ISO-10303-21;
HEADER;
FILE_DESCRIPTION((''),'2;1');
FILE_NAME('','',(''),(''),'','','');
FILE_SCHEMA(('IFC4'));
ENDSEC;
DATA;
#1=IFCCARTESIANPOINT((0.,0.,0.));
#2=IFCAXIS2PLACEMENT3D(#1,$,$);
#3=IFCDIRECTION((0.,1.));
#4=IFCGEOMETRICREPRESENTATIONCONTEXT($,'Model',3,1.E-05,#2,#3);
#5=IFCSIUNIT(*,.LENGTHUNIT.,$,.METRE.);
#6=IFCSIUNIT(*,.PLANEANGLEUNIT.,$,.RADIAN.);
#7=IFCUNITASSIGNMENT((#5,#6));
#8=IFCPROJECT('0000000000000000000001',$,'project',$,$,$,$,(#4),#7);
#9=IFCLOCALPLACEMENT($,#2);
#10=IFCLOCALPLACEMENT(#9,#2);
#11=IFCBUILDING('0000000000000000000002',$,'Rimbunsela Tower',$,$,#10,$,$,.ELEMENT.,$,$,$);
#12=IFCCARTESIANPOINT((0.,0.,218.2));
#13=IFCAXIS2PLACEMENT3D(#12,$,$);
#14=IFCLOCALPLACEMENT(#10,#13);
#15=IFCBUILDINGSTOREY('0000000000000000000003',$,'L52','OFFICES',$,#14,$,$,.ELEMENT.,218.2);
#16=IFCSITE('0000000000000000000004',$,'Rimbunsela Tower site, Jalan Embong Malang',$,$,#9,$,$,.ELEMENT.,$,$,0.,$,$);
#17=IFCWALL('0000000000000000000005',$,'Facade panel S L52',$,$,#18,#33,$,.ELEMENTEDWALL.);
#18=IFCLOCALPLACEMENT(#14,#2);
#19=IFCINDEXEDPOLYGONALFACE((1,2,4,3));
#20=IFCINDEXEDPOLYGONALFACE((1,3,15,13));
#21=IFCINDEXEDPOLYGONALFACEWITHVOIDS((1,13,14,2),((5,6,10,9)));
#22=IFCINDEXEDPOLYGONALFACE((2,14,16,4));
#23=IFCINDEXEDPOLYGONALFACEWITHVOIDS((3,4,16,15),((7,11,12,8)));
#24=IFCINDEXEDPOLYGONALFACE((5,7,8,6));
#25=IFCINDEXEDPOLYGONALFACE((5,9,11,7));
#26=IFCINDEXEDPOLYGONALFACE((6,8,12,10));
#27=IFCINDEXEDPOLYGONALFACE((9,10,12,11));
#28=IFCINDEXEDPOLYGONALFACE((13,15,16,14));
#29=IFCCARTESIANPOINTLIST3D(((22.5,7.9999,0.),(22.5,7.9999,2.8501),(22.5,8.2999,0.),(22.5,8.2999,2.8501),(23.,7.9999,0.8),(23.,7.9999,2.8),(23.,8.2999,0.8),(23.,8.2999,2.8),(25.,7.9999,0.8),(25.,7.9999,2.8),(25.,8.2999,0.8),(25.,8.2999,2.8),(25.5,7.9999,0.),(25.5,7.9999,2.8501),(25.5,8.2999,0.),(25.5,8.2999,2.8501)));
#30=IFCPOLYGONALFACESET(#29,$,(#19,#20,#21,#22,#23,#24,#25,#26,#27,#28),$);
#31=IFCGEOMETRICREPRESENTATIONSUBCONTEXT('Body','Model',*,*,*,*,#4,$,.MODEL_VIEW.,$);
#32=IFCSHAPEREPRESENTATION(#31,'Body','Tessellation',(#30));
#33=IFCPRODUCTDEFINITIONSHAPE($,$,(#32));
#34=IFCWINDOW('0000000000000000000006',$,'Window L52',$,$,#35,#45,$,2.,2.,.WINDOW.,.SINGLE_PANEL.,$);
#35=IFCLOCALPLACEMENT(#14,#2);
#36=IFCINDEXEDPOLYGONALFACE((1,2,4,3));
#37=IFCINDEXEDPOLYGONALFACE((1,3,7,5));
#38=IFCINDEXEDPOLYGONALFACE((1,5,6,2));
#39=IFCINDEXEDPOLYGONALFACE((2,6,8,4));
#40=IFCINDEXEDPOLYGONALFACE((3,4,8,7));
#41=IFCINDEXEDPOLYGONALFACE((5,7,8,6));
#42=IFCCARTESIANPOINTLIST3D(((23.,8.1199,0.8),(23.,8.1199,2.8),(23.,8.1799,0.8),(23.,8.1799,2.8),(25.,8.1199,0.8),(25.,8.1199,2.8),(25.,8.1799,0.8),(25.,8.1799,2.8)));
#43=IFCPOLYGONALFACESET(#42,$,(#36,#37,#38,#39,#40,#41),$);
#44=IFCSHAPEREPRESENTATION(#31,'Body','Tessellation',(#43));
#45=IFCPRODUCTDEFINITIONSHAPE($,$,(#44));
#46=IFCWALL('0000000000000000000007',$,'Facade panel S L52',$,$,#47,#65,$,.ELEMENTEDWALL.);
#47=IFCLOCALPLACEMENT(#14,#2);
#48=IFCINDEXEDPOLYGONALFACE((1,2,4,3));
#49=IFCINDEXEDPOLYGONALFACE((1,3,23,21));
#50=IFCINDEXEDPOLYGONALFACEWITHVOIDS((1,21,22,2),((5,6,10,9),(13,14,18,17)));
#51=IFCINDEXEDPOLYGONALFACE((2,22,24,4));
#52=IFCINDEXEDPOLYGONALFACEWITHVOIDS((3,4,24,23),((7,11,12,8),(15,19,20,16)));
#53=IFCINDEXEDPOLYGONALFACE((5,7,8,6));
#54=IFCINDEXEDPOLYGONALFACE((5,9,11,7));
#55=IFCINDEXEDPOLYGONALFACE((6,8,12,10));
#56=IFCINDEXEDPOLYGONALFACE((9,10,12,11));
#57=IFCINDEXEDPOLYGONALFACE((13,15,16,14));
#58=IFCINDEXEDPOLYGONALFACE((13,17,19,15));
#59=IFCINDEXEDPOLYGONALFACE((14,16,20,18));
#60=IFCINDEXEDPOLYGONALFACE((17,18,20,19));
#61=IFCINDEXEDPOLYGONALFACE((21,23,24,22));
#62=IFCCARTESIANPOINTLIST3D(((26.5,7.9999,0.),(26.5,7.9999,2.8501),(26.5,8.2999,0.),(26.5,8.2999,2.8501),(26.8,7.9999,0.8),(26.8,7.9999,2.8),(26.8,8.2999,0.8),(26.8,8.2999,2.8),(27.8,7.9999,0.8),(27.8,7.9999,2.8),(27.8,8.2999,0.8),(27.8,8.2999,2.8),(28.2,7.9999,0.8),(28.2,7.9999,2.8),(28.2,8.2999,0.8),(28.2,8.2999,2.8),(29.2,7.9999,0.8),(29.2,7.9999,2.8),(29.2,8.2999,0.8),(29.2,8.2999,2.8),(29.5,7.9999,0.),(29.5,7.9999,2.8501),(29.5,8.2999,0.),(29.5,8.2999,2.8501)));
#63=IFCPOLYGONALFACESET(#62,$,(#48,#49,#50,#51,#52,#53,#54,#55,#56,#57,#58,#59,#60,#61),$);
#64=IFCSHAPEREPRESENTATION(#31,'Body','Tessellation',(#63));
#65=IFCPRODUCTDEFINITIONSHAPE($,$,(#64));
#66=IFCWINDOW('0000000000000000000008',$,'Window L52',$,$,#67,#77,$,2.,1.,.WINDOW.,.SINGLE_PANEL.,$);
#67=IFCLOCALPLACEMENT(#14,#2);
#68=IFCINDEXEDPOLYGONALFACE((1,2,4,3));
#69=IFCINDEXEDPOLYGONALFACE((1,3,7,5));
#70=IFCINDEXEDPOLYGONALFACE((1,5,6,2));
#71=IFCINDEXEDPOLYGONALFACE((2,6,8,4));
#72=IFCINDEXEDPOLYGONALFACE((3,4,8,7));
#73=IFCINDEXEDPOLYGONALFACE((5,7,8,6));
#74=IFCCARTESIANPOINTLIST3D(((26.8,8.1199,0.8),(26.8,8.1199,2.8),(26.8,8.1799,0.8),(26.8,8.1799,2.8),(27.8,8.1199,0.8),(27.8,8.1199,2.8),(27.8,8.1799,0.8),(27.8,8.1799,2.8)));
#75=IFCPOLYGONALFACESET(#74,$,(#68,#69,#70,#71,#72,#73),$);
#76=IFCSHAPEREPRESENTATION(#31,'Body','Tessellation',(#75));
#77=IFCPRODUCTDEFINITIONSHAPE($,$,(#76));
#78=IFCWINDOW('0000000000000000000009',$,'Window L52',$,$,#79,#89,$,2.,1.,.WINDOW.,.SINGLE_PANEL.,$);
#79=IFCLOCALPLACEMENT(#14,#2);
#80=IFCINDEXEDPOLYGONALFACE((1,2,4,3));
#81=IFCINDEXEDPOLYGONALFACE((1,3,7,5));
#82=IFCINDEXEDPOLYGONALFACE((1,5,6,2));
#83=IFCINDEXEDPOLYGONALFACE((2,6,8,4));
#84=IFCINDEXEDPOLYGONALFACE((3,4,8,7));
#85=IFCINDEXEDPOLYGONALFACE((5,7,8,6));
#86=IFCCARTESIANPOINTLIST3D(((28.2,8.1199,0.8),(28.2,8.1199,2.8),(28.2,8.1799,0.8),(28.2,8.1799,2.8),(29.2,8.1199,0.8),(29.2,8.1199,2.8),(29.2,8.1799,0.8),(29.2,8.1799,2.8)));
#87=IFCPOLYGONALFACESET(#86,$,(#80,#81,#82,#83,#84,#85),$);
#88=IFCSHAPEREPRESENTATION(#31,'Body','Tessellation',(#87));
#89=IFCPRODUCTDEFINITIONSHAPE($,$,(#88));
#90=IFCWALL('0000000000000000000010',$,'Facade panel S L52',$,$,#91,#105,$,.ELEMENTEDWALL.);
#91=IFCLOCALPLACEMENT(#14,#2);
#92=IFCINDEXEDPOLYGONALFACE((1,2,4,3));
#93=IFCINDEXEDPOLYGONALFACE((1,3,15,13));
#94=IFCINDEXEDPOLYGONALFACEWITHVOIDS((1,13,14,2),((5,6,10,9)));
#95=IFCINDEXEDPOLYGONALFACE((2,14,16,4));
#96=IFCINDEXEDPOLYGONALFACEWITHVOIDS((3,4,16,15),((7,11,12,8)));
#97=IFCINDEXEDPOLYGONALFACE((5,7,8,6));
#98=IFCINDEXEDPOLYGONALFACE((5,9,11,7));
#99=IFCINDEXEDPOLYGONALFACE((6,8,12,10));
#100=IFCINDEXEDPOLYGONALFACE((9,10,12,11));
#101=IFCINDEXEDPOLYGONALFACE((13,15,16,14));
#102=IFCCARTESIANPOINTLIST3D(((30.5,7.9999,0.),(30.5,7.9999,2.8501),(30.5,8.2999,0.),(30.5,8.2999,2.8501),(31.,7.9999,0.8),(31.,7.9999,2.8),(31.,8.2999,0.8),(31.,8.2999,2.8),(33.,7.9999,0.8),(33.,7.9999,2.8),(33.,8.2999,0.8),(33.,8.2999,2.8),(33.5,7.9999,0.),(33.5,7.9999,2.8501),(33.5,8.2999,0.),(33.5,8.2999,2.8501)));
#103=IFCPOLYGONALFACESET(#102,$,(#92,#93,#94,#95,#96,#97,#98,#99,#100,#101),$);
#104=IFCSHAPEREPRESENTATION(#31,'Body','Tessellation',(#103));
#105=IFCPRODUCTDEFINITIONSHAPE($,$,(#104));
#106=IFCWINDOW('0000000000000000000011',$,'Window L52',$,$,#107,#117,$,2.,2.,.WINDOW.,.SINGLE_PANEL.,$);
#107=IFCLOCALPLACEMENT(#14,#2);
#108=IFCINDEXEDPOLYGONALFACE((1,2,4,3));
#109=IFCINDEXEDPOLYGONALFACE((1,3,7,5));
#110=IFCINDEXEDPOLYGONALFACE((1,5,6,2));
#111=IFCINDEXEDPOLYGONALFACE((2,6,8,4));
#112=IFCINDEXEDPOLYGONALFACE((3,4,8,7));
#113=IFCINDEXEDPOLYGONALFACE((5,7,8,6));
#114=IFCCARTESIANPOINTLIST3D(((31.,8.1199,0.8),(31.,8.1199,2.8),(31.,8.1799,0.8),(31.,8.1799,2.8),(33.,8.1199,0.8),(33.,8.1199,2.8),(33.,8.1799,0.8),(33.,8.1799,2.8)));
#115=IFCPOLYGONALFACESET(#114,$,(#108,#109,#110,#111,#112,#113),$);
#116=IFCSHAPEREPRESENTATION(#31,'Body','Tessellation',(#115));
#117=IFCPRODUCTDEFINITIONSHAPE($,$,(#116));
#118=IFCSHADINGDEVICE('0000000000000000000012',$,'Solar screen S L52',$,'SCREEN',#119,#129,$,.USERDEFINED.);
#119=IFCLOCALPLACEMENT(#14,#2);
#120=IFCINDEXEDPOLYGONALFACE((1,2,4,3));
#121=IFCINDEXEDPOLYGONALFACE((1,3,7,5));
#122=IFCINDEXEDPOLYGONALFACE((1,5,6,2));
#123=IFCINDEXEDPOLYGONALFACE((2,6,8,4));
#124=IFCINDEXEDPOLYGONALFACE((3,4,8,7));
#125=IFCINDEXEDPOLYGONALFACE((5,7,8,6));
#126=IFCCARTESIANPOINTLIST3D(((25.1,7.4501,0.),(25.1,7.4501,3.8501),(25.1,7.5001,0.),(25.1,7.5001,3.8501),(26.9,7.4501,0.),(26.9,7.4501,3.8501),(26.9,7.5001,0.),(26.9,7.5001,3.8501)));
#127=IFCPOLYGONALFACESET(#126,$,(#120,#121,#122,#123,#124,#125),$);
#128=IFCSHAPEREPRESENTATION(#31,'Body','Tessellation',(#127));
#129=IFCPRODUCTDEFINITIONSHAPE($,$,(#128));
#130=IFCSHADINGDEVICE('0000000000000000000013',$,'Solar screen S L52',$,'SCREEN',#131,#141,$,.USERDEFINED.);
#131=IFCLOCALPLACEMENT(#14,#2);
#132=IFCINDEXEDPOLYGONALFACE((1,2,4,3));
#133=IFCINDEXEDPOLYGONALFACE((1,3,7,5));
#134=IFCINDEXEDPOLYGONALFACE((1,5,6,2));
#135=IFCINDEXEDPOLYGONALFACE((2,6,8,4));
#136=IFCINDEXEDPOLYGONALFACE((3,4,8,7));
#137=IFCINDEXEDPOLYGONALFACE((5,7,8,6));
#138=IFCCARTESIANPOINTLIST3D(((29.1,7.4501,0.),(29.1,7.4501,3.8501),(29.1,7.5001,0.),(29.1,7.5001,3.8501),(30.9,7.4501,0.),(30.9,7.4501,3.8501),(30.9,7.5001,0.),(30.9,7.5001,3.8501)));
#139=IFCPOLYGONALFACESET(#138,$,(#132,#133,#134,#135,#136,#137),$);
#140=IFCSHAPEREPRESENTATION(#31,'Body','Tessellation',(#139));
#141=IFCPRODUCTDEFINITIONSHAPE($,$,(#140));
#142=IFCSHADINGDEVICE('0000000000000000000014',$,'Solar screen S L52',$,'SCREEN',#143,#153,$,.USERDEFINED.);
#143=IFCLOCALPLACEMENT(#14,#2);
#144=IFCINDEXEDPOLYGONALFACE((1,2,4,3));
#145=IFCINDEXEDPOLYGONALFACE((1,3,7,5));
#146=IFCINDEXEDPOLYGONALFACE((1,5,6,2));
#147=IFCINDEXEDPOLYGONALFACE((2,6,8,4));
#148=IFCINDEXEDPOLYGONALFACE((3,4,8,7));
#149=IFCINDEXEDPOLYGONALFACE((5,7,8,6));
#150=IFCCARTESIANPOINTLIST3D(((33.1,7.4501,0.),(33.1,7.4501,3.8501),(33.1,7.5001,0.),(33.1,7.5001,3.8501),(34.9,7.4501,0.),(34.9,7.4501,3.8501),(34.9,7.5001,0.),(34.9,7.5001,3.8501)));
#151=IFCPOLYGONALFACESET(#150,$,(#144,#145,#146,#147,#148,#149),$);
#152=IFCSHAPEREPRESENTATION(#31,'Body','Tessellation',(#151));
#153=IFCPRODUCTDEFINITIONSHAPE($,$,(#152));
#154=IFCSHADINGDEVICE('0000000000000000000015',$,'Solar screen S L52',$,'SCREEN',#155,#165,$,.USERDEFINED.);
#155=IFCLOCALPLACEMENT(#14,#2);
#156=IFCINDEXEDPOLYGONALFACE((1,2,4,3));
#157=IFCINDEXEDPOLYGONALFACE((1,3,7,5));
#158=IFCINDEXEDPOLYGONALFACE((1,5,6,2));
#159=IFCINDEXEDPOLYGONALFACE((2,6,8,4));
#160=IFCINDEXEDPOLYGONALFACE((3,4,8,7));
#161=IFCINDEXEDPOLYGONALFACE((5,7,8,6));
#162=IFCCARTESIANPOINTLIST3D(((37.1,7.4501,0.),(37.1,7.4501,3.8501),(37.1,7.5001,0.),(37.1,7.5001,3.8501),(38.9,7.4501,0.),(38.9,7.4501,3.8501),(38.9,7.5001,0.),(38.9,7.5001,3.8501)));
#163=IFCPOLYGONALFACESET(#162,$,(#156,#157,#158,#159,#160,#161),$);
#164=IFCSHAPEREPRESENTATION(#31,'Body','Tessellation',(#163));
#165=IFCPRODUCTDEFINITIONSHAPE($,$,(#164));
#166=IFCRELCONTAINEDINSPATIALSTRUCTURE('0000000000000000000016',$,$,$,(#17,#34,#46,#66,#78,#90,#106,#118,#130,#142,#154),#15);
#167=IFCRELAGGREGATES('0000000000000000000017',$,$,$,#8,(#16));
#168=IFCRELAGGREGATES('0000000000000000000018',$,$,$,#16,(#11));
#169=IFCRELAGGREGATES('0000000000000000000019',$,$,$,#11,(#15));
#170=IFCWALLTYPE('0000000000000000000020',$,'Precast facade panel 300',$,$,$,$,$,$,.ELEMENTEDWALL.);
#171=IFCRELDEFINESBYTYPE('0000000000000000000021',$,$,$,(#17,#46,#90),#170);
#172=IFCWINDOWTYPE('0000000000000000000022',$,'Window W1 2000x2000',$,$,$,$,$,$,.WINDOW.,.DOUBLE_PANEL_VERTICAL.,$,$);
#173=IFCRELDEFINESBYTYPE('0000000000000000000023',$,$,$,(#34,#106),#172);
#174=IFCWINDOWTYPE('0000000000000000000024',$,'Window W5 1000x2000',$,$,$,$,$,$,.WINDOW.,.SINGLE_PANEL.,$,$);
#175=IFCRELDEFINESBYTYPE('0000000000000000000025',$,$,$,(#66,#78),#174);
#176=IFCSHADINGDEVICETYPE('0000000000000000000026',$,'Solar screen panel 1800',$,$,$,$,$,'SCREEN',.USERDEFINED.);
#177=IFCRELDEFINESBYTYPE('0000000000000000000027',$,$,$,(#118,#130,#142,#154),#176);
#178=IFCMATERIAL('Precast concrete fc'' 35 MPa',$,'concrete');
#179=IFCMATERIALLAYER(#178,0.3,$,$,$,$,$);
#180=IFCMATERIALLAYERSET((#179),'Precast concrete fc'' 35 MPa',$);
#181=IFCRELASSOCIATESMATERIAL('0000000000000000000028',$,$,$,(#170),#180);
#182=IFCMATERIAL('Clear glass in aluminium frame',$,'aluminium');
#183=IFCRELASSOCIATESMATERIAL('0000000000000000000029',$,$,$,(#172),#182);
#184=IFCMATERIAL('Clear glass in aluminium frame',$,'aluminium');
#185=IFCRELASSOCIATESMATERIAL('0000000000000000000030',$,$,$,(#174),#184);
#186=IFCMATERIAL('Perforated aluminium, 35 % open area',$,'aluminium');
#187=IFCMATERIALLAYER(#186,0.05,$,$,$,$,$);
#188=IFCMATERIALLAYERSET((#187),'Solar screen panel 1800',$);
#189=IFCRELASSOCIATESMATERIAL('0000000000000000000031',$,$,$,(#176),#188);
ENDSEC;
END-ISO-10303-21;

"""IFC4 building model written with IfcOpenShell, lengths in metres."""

from ifc_helpers import new_model, si_unit, direction, frame, frame_2d, origin, origin_2d, place, context, subcontext, project, spatial, rectangle, extrude, material, layer, layer_set, type_object, element, fill, save


model = new_model("IFC4")

# Units and contexts
model_context = context("Model", 3, precision=1e-05, world=origin(), true_north=direction((0.0, 1.0)))
body_context = subcontext(model_context, "Body", "Model", "MODEL_VIEW")
ifc_project = project(units=[si_unit("LENGTHUNIT", "METRE"), si_unit("PLANEANGLEUNIT", "RADIAN")], contexts=[model_context])

# Site, building, storey
site_placement = place(None, origin())
site = spatial("IfcSite", under=ifc_project, at=site_placement, Name="Rimbunsela Tower site, Jalan Embong Malang", CompositionType="ELEMENT", RefElevation=0.0)
building_placement = place(site_placement, origin())
building = spatial("IfcBuilding", under=site, at=building_placement, Name="Rimbunsela Tower", CompositionType="ELEMENT")
storey_placement = place(building_placement, frame((0.0, 0.0, 218.2)))
storey = spatial("IfcBuildingStorey", under=building, at=storey_placement, Name="L52", Description="OFFICES", CompositionType="ELEMENT", Elevation=218.2)

# Wall, opening, window
ifc_material_1 = material(Name="Precast concrete fc' 35 MPa", Category="concrete")
ifc_layer_1 = layer(ifc_material_1, 0.3)
ifc_layer_set_1 = layer_set([ifc_layer_1], Name="Precast concrete fc' 35 MPa")
wall_type = type_object("IfcWallType", Name="Precast facade panel 300", PredefinedType="ELEMENTEDWALL", material=ifc_layer_set_1)
wall_1_placement = place(storey_placement, frame((22.5, 8.1499, 0.0), z_axis=(0.0, 0.0, 1.0), x_axis=(1.0, 0.0, 0.0)))
wall_1 = element("IfcWall", 1, at=wall_1_placement, inside=storey, type_object=wall_type, Name="Facade panel S L52", PredefinedType="ELEMENTEDWALL", context=body_context, shape_type="SweptSolid", body=[
    extrude(rectangle(XDim=3.0, YDim=0.3, at=frame_2d((1.5, 0.0))), origin(), (0.0, 0.0, 1.0), 2.8501),
])
opening_1_placement = place(wall_1_placement, frame((0.5, 0.0, 0.8)))
opening_1 = element("IfcOpeningElement", 2, at=opening_1_placement, cuts=wall_1, PredefinedType="OPENING", context=body_context, shape_type="SweptSolid", body=[
    extrude(rectangle(XDim=2.0, YDim=2.0, at=frame_2d((1.0, 1.0))), frame((0.0, 0.1599, 0.0), z_axis=(0.0, -1.0, 0.0), x_axis=(1.0, 0.0, 0.0)), (0.0, 0.0, 1.0), 0.3201),
])
ifc_material_2 = material(Name="Clear glass in aluminium frame", Category="aluminium")
window_type_1 = type_object("IfcWindowType", Name="Window W1 2000x2000", PartitioningType="DOUBLE_PANEL_VERTICAL", PredefinedType="WINDOW", material=ifc_material_2)
window_1_placement = place(opening_1_placement, origin())
window_1 = element("IfcWindow", 3, at=window_1_placement, inside=storey, type_object=window_type_1, Name="Window L52", OverallHeight=2.0, OverallWidth=2.0, PartitioningType="SINGLE_PANEL", PredefinedType="WINDOW", context=body_context, shape_type="SweptSolid", body=[
    extrude(rectangle(XDim=2.0, YDim=2.0, at=frame_2d((1.0, 1.0))), frame((0.0, 0.03, 0.0), z_axis=(0.0, -1.0, 0.0), x_axis=(1.0, 0.0, 0.0)), (0.0, 0.0, 1.0), 0.0601),
])
fill(opening_1, window_1)

# Wall, openings, windows
wall_2_placement = place(storey_placement, frame((26.5, 8.1499, 0.0), z_axis=(0.0, 0.0, 1.0), x_axis=(1.0, 0.0, 0.0)))
wall_2 = element("IfcWall", 4, at=wall_2_placement, inside=storey, type_object=wall_type, Name="Facade panel S L52", PredefinedType="ELEMENTEDWALL", context=body_context, shape_type="SweptSolid", body=[
    extrude(rectangle(XDim=3.0, YDim=0.3, at=frame_2d((1.5, 0.0))), origin(), (0.0, 0.0, 1.0), 2.8501),
])
opening_2_placement = place(wall_2_placement, frame((0.3, 0.0, 0.8)))
opening_2 = element("IfcOpeningElement", 5, at=opening_2_placement, cuts=wall_2, PredefinedType="OPENING", context=body_context, shape_type="SweptSolid", body=[
    extrude(rectangle(XDim=1.0, YDim=2.0, at=frame_2d((0.5, 1.0))), frame((0.0, 0.1599, 0.0), z_axis=(0.0, -1.0, 0.0), x_axis=(1.0, 0.0, 0.0)), (0.0, 0.0, 1.0), 0.3201),
])
opening_3_placement = place(wall_2_placement, frame((1.7, 0.0, 0.8)))
opening_3 = element("IfcOpeningElement", 6, at=opening_3_placement, cuts=wall_2, PredefinedType="OPENING", context=body_context, shape_type="SweptSolid", body=[
    extrude(rectangle(XDim=1.0, YDim=2.0, at=frame_2d((0.5, 1.0))), frame((0.0, 0.1599, 0.0), z_axis=(0.0, -1.0, 0.0), x_axis=(1.0, 0.0, 0.0)), (0.0, 0.0, 1.0), 0.3201),
])
ifc_material_3 = material(Name="Clear glass in aluminium frame", Category="aluminium")
window_type_2 = type_object("IfcWindowType", Name="Window W5 1000x2000", PartitioningType="SINGLE_PANEL", PredefinedType="WINDOW", material=ifc_material_3)
window_2_placement = place(opening_2_placement, origin())
window_2 = element("IfcWindow", 7, at=window_2_placement, inside=storey, type_object=window_type_2, Name="Window L52", OverallHeight=2.0, OverallWidth=1.0, PartitioningType="SINGLE_PANEL", PredefinedType="WINDOW", context=body_context, shape_type="SweptSolid", body=[
    extrude(rectangle(XDim=1.0, YDim=2.0, at=frame_2d((0.5, 1.0))), frame((0.0, 0.03, 0.0), z_axis=(0.0, -1.0, 0.0), x_axis=(1.0, 0.0, 0.0)), (0.0, 0.0, 1.0), 0.0601),
])
fill(opening_2, window_2)
window_3_placement = place(opening_3_placement, origin())
window_3 = element("IfcWindow", 8, at=window_3_placement, inside=storey, type_object=window_type_2, Name="Window L52", OverallHeight=2.0, OverallWidth=1.0, PartitioningType="SINGLE_PANEL", PredefinedType="WINDOW", context=body_context, shape_type="SweptSolid", body=[
    extrude(rectangle(XDim=1.0, YDim=2.0, at=frame_2d((0.5, 1.0))), frame((0.0, 0.03, 0.0), z_axis=(0.0, -1.0, 0.0), x_axis=(1.0, 0.0, 0.0)), (0.0, 0.0, 1.0), 0.0601),
])
fill(opening_3, window_3)

# Wall, opening, window
wall_3_placement = place(storey_placement, frame((30.5, 8.1499, 0.0), z_axis=(0.0, 0.0, 1.0), x_axis=(1.0, 0.0, 0.0)))
wall_3 = element("IfcWall", 9, at=wall_3_placement, inside=storey, type_object=wall_type, Name="Facade panel S L52", PredefinedType="ELEMENTEDWALL", context=body_context, shape_type="SweptSolid", body=[
    extrude(rectangle(XDim=3.0, YDim=0.3, at=frame_2d((1.5, 0.0))), origin(), (0.0, 0.0, 1.0), 2.8501),
])
opening_4_placement = place(wall_3_placement, frame((0.5, 0.0, 0.8)))
opening_4 = element("IfcOpeningElement", 10, at=opening_4_placement, cuts=wall_3, PredefinedType="OPENING", context=body_context, shape_type="SweptSolid", body=[
    extrude(rectangle(XDim=2.0, YDim=2.0, at=frame_2d((1.0, 1.0))), frame((0.0, 0.1599, 0.0), z_axis=(0.0, -1.0, 0.0), x_axis=(1.0, 0.0, 0.0)), (0.0, 0.0, 1.0), 0.3201),
])
window_4_placement = place(opening_4_placement, origin())
window_4 = element("IfcWindow", 11, at=window_4_placement, inside=storey, type_object=window_type_1, Name="Window L52", OverallHeight=2.0, OverallWidth=2.0, PartitioningType="SINGLE_PANEL", PredefinedType="WINDOW", context=body_context, shape_type="SweptSolid", body=[
    extrude(rectangle(XDim=2.0, YDim=2.0, at=frame_2d((1.0, 1.0))), frame((0.0, 0.03, 0.0), z_axis=(0.0, -1.0, 0.0), x_axis=(1.0, 0.0, 0.0)), (0.0, 0.0, 1.0), 0.0601),
])
fill(opening_4, window_4)

# Shading devices
ifc_material_4 = material(Name="Perforated aluminium, 35 % open area", Category="aluminium")
ifc_layer_2 = layer(ifc_material_4, 0.05)
ifc_layer_set_2 = layer_set([ifc_layer_2], Name="Solar screen panel 1800")
shading_device_type = type_object("IfcShadingDeviceType", Name="Solar screen panel 1800", ElementType="SCREEN", PredefinedType="USERDEFINED", material=ifc_layer_set_2)
for number, where, z_axis, x_axis, name in (
    (12, (26.0, 7.4751, 0.0), (0.0, 0.0, 1.0), (1.0, 0.0, 0.0), "Solar screen S L52"),
    (13, (30.0, 7.4751, 0.0), (0.0, 0.0, 1.0), (1.0, 0.0, 0.0), "Solar screen S L52"),
    (14, (34.0, 7.4751, 0.0), (0.0, 0.0, 1.0), (1.0, 0.0, 0.0), "Solar screen S L52"),
    (15, (38.0, 7.4751, 0.0), (0.0, 0.0, 1.0), (1.0, 0.0, 0.0), "Solar screen S L52"),
):
    element("IfcShadingDevice", number, at=place(storey_placement, frame(where, z_axis=z_axis, x_axis=x_axis)), inside=storey, type_object=shading_device_type, Name=name, ObjectType="SCREEN", PredefinedType="USERDEFINED", context=body_context, shape_type="SweptSolid", body=[
        extrude(rectangle(XDim=1.8, YDim=0.05, at=origin_2d()), origin(), (0.0, 0.0, 1.0), 3.8501),
    ])

save(model, "model.ifc")
